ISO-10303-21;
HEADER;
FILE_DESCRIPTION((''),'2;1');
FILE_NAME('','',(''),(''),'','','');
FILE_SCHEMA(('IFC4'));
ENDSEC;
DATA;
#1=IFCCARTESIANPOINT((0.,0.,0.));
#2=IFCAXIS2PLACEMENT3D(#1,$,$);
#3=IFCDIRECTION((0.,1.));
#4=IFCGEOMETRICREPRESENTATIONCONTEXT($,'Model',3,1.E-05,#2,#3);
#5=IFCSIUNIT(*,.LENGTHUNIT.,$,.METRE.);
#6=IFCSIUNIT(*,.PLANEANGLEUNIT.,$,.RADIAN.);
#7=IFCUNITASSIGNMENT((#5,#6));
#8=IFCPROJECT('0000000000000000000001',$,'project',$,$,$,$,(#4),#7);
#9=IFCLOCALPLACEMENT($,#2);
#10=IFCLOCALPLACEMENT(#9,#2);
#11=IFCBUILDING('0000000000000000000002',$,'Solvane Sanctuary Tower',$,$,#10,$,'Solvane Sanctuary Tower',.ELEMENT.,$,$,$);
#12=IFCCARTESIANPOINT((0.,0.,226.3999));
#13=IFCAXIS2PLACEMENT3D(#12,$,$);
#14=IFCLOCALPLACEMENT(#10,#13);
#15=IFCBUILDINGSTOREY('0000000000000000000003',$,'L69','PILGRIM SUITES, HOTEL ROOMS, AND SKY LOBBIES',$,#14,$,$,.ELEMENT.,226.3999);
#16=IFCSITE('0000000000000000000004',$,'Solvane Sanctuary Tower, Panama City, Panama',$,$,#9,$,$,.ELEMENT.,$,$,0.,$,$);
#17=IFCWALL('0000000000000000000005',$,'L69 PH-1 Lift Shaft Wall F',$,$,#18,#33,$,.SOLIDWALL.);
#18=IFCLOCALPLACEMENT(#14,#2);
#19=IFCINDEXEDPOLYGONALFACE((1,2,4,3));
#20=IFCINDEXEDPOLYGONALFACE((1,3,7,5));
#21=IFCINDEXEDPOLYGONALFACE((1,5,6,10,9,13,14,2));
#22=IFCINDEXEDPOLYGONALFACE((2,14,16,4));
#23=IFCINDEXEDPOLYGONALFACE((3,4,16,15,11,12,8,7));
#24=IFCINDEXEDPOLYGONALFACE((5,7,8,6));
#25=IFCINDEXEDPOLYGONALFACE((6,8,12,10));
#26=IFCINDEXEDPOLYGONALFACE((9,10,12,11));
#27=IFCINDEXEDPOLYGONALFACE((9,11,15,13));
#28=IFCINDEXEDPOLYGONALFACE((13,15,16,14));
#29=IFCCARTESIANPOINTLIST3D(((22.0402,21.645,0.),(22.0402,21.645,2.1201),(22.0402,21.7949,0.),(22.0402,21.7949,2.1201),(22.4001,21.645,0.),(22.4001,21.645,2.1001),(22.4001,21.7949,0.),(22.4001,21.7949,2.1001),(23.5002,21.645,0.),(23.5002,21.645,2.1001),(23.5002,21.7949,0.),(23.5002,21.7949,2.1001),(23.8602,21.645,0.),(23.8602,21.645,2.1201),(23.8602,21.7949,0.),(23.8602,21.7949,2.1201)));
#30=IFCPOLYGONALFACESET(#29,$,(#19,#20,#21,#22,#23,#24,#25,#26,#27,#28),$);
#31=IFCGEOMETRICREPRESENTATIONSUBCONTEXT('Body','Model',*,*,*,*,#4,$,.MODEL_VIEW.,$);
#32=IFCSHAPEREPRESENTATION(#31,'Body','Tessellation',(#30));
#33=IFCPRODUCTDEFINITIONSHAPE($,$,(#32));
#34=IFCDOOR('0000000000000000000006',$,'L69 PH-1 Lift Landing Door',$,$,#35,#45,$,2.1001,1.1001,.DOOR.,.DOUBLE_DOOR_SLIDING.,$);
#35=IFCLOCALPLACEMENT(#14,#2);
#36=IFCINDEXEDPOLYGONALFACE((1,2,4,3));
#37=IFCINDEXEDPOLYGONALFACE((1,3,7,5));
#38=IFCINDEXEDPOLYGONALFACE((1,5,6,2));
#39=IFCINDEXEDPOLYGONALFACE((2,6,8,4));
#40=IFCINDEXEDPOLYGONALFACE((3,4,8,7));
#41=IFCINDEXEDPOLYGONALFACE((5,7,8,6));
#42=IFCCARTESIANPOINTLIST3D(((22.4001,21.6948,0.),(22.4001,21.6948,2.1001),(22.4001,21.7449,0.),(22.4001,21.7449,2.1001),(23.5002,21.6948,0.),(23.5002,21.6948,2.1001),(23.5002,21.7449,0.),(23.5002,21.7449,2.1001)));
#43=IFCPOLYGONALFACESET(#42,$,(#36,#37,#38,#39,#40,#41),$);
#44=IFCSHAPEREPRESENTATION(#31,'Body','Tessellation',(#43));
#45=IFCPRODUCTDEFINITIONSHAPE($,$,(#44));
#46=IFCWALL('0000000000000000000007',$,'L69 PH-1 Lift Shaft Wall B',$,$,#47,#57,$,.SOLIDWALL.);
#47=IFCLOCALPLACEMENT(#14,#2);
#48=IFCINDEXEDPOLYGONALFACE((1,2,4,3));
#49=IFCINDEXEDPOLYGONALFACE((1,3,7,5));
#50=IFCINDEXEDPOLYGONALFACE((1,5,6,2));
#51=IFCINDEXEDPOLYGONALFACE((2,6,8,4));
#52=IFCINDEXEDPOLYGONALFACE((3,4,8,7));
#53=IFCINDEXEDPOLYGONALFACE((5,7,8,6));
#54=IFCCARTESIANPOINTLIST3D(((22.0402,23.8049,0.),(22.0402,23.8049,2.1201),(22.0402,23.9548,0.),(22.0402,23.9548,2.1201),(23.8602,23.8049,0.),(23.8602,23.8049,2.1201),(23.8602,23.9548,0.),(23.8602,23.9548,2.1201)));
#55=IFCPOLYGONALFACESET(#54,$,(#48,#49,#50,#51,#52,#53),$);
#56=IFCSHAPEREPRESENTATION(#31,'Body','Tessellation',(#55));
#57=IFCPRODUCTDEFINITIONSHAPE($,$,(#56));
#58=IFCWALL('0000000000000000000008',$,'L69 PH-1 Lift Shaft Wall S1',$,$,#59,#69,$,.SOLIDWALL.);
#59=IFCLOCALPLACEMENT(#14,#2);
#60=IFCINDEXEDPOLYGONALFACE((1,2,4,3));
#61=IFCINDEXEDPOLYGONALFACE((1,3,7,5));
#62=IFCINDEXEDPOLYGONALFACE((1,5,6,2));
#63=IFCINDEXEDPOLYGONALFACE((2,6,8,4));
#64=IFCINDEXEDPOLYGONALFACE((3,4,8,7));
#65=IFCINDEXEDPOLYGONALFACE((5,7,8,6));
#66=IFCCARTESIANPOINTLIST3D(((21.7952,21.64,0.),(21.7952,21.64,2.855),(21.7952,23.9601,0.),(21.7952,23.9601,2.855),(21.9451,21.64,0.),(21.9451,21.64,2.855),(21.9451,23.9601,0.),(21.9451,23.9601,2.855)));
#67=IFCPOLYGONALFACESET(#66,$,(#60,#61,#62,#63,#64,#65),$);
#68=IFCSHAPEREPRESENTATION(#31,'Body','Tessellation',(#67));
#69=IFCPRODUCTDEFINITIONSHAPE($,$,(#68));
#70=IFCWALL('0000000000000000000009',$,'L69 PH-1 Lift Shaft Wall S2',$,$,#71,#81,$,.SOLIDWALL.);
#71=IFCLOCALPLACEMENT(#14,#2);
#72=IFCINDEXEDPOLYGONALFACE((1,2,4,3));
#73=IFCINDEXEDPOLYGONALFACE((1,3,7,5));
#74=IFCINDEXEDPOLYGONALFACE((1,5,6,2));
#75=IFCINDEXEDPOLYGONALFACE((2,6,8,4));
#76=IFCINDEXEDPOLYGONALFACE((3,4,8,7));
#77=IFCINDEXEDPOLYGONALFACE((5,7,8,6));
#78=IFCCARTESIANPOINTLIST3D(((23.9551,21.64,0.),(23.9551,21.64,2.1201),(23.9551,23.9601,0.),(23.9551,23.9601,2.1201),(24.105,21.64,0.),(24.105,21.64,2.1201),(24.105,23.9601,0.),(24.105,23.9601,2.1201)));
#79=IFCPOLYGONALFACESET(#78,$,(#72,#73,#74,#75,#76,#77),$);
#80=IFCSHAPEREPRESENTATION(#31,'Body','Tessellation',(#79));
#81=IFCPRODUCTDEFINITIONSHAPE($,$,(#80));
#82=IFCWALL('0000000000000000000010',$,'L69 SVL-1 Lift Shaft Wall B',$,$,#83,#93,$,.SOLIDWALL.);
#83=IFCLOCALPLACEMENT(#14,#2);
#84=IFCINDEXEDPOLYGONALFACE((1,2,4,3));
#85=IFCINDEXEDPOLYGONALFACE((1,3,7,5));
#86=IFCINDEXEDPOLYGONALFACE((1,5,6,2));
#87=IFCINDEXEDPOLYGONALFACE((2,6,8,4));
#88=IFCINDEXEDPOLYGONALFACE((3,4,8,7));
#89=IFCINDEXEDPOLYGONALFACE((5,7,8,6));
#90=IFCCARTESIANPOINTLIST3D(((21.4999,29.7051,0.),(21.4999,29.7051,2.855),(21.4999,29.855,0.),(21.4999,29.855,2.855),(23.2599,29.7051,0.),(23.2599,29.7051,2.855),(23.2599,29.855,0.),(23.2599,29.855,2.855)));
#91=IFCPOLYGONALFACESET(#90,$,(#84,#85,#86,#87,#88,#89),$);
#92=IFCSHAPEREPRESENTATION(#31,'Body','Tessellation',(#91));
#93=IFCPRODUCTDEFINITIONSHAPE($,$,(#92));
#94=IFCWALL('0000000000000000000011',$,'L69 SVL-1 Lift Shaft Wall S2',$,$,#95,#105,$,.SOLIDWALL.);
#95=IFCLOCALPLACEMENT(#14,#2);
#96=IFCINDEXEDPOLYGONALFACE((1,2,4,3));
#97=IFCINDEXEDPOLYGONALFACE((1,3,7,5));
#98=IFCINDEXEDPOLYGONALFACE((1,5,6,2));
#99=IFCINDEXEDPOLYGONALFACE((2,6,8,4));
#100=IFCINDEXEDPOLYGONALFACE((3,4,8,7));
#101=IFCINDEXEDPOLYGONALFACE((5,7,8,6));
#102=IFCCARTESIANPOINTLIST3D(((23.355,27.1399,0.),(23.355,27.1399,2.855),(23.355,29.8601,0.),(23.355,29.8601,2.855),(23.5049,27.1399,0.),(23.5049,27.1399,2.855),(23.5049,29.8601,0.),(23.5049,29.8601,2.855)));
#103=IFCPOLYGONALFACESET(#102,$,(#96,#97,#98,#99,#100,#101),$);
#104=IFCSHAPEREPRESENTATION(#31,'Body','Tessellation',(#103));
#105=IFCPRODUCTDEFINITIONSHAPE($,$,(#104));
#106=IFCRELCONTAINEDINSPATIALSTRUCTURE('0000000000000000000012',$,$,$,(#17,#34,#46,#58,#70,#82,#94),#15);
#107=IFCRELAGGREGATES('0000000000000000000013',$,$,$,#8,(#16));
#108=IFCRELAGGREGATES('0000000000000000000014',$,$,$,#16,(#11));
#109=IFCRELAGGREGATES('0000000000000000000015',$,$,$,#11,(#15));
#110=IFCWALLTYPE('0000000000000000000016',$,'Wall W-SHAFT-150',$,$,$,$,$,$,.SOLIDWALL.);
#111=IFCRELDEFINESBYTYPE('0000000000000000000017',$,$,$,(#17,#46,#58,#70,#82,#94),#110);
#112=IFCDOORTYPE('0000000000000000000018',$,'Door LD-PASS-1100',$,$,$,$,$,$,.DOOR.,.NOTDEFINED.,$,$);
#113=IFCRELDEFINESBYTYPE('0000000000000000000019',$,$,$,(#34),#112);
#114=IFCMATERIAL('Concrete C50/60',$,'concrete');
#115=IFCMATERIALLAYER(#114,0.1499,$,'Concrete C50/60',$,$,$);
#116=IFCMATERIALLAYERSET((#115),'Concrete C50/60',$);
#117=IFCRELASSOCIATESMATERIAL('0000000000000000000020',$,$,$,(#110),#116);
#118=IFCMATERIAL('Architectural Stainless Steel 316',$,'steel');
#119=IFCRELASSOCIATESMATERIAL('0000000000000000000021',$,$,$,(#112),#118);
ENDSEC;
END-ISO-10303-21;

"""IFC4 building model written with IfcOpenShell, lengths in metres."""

from ifc_helpers import new_model, si_unit, direction, frame, frame_2d, origin, place, context, subcontext, project, spatial, rectangle, extrude, material, layer, layer_set, type_object, element, fill, save


model = new_model("IFC4")

# Units and contexts
model_context = context("Model", 3, precision=1e-05, world=origin(), true_north=direction((0.0, 1.0)))
body_context = subcontext(model_context, "Body", "Model", "MODEL_VIEW")
ifc_project = project(units=[si_unit("LENGTHUNIT", "METRE"), si_unit("PLANEANGLEUNIT", "RADIAN")], contexts=[model_context])

# Site, building, storey
site_placement = place(None, origin())
site = spatial("IfcSite", under=ifc_project, at=site_placement, Name="Solvane Sanctuary Tower, Panama City, Panama", CompositionType="ELEMENT", RefElevation=0.0)
building_placement = place(site_placement, origin())
building = spatial("IfcBuilding", under=site, at=building_placement, Name="Solvane Sanctuary Tower", LongName="Solvane Sanctuary Tower", CompositionType="ELEMENT")
storey_placement = place(building_placement, frame((0.0, 0.0, 226.3999)))
storey = spatial("IfcBuildingStorey", under=building, at=storey_placement, Name="L69", Description="PILGRIM SUITES, HOTEL ROOMS, AND SKY LOBBIES", CompositionType="ELEMENT", Elevation=226.3999)

# Shared definitions
ifc_material_1 = material(Name="Concrete C50/60", Category="concrete")

# Shared definitions
ifc_material_2 = material(Name="Architectural Stainless Steel 316", Category="steel")

# Wall, opening, door
ifc_layer_1 = layer(ifc_material_1, 0.1499, Name="Concrete C50/60")
ifc_layer_set_1 = layer_set([ifc_layer_1], Name="Concrete C50/60")
wall_type_1 = type_object("IfcWallType", Name="Wall W-SHAFT-150", PredefinedType="SOLIDWALL", material=ifc_layer_set_1)
wall_1_placement = place(storey_placement, frame((22.04, 21.72, 0.0), z_axis=(0.0, 0.0, 1.0), x_axis=(1.0, 0.0, 0.0)))
wall_1 = element("IfcWall", 1, at=wall_1_placement, inside=storey, type_object=wall_type_1, Name="L69 PH-1 Lift Shaft Wall F", PredefinedType="SOLIDWALL", context=body_context, shape_type="SweptSolid", body=[
    extrude(rectangle(XDim=1.8201, YDim=0.1499, at=frame_2d((0.9102, 0.0))), origin(), (0.0, 0.0, 1.0), 2.1201),
])
opening_1_placement = place(wall_1_placement, frame((0.3601, 0.0, 0.0)))
opening_1 = element("IfcOpeningElement", 2, at=opening_1_placement, cuts=wall_1, PredefinedType="OPENING", context=body_context, shape_type="SweptSolid", body=[
    extrude(rectangle(XDim=1.1001, YDim=2.1001, at=frame_2d((0.55, 1.05))), frame((0.0, 0.085, 0.0), z_axis=(0.0, -1.0, 0.0), x_axis=(1.0, 0.0, 0.0)), (0.0, 0.0, 1.0), 0.1699),
])
door_type_1 = type_object("IfcDoorType", Name="Door LD-PASS-1100", OperationType="NOTDEFINED", PredefinedType="DOOR", material=ifc_material_2)
door_1_placement = place(opening_1_placement, origin())
door_1 = element("IfcDoor", 3, at=door_1_placement, inside=storey, type_object=door_type_1, Name="L69 PH-1 Lift Landing Door", OperationType="DOUBLE_DOOR_SLIDING", OverallHeight=2.1001, OverallWidth=1.1001, PredefinedType="DOOR", context=body_context, shape_type="SweptSolid", body=[
    extrude(rectangle(XDim=1.1001, YDim=2.1001, at=frame_2d((0.55, 1.05))), frame((0.0, 0.0249, 0.0), z_axis=(0.0, -1.0, 0.0), x_axis=(1.0, 0.0, 0.0)), (0.0, 0.0, 1.0), 0.05),
])
fill(opening_1, door_1)

# Walls
wall_2_placement = place(storey_placement, frame((22.04, 23.8799, 0.0), z_axis=(0.0, 0.0, 1.0), x_axis=(1.0, 0.0, 0.0)))
element("IfcWall", 4, at=wall_2_placement, inside=storey, type_object=wall_type_1, Name="L69 PH-1 Lift Shaft Wall B", PredefinedType="SOLIDWALL", context=body_context, shape_type="SweptSolid", body=[
    extrude(rectangle(XDim=1.8201, YDim=0.1499, at=frame_2d((0.9102, 0.0))), origin(), (0.0, 0.0, 1.0), 2.1201),
])
wall_3_placement = place(storey_placement, frame((21.8701, 21.6399, 0.0), z_axis=(0.0, 0.0, 1.0), x_axis=(0.0, 1.0, 0.0)))
element("IfcWall", 5, at=wall_3_placement, inside=storey, type_object=wall_type_1, Name="L69 PH-1 Lift Shaft Wall S1", PredefinedType="SOLIDWALL", context=body_context, shape_type="SweptSolid", body=[
    extrude(rectangle(XDim=2.3201, YDim=0.1499, at=frame_2d((1.1602, 0.0))), origin(), (0.0, 0.0, 1.0), 2.855),
])
wall_4_placement = place(storey_placement, frame((24.03, 21.6399, 0.0), z_axis=(0.0, 0.0, 1.0), x_axis=(0.0, 1.0, 0.0)))
element("IfcWall", 6, at=wall_4_placement, inside=storey, type_object=wall_type_1, Name="L69 PH-1 Lift Shaft Wall S2", PredefinedType="SOLIDWALL", context=body_context, shape_type="SweptSolid", body=[
    extrude(rectangle(XDim=2.3201, YDim=0.1499, at=frame_2d((1.1602, 0.0))), origin(), (0.0, 0.0, 1.0), 2.1201),
])
wall_5_placement = place(storey_placement, frame((21.5, 29.78, 0.0), z_axis=(0.0, 0.0, 1.0), x_axis=(1.0, 0.0, 0.0)))
element("IfcWall", 7, at=wall_5_placement, inside=storey, type_object=wall_type_1, Name="L69 SVL-1 Lift Shaft Wall B", PredefinedType="SOLIDWALL", context=body_context, shape_type="SweptSolid", body=[
    extrude(rectangle(XDim=1.76, YDim=0.1499, at=frame_2d((0.8799, 0.0))), origin(), (0.0, 0.0, 1.0), 2.855),
])
wall_6_placement = place(storey_placement, frame((23.4299, 27.1399, 0.0), z_axis=(0.0, 0.0, 1.0), x_axis=(0.0, 1.0, 0.0)))
element("IfcWall", 8, at=wall_6_placement, inside=storey, type_object=wall_type_1, Name="L69 SVL-1 Lift Shaft Wall S2", PredefinedType="SOLIDWALL", context=body_context, shape_type="SweptSolid", body=[
    extrude(rectangle(XDim=2.7202, YDim=0.1499, at=frame_2d((1.3601, 0.0))), origin(), (0.0, 0.0, 1.0), 2.855),
])

save(model, "model.ifc")
